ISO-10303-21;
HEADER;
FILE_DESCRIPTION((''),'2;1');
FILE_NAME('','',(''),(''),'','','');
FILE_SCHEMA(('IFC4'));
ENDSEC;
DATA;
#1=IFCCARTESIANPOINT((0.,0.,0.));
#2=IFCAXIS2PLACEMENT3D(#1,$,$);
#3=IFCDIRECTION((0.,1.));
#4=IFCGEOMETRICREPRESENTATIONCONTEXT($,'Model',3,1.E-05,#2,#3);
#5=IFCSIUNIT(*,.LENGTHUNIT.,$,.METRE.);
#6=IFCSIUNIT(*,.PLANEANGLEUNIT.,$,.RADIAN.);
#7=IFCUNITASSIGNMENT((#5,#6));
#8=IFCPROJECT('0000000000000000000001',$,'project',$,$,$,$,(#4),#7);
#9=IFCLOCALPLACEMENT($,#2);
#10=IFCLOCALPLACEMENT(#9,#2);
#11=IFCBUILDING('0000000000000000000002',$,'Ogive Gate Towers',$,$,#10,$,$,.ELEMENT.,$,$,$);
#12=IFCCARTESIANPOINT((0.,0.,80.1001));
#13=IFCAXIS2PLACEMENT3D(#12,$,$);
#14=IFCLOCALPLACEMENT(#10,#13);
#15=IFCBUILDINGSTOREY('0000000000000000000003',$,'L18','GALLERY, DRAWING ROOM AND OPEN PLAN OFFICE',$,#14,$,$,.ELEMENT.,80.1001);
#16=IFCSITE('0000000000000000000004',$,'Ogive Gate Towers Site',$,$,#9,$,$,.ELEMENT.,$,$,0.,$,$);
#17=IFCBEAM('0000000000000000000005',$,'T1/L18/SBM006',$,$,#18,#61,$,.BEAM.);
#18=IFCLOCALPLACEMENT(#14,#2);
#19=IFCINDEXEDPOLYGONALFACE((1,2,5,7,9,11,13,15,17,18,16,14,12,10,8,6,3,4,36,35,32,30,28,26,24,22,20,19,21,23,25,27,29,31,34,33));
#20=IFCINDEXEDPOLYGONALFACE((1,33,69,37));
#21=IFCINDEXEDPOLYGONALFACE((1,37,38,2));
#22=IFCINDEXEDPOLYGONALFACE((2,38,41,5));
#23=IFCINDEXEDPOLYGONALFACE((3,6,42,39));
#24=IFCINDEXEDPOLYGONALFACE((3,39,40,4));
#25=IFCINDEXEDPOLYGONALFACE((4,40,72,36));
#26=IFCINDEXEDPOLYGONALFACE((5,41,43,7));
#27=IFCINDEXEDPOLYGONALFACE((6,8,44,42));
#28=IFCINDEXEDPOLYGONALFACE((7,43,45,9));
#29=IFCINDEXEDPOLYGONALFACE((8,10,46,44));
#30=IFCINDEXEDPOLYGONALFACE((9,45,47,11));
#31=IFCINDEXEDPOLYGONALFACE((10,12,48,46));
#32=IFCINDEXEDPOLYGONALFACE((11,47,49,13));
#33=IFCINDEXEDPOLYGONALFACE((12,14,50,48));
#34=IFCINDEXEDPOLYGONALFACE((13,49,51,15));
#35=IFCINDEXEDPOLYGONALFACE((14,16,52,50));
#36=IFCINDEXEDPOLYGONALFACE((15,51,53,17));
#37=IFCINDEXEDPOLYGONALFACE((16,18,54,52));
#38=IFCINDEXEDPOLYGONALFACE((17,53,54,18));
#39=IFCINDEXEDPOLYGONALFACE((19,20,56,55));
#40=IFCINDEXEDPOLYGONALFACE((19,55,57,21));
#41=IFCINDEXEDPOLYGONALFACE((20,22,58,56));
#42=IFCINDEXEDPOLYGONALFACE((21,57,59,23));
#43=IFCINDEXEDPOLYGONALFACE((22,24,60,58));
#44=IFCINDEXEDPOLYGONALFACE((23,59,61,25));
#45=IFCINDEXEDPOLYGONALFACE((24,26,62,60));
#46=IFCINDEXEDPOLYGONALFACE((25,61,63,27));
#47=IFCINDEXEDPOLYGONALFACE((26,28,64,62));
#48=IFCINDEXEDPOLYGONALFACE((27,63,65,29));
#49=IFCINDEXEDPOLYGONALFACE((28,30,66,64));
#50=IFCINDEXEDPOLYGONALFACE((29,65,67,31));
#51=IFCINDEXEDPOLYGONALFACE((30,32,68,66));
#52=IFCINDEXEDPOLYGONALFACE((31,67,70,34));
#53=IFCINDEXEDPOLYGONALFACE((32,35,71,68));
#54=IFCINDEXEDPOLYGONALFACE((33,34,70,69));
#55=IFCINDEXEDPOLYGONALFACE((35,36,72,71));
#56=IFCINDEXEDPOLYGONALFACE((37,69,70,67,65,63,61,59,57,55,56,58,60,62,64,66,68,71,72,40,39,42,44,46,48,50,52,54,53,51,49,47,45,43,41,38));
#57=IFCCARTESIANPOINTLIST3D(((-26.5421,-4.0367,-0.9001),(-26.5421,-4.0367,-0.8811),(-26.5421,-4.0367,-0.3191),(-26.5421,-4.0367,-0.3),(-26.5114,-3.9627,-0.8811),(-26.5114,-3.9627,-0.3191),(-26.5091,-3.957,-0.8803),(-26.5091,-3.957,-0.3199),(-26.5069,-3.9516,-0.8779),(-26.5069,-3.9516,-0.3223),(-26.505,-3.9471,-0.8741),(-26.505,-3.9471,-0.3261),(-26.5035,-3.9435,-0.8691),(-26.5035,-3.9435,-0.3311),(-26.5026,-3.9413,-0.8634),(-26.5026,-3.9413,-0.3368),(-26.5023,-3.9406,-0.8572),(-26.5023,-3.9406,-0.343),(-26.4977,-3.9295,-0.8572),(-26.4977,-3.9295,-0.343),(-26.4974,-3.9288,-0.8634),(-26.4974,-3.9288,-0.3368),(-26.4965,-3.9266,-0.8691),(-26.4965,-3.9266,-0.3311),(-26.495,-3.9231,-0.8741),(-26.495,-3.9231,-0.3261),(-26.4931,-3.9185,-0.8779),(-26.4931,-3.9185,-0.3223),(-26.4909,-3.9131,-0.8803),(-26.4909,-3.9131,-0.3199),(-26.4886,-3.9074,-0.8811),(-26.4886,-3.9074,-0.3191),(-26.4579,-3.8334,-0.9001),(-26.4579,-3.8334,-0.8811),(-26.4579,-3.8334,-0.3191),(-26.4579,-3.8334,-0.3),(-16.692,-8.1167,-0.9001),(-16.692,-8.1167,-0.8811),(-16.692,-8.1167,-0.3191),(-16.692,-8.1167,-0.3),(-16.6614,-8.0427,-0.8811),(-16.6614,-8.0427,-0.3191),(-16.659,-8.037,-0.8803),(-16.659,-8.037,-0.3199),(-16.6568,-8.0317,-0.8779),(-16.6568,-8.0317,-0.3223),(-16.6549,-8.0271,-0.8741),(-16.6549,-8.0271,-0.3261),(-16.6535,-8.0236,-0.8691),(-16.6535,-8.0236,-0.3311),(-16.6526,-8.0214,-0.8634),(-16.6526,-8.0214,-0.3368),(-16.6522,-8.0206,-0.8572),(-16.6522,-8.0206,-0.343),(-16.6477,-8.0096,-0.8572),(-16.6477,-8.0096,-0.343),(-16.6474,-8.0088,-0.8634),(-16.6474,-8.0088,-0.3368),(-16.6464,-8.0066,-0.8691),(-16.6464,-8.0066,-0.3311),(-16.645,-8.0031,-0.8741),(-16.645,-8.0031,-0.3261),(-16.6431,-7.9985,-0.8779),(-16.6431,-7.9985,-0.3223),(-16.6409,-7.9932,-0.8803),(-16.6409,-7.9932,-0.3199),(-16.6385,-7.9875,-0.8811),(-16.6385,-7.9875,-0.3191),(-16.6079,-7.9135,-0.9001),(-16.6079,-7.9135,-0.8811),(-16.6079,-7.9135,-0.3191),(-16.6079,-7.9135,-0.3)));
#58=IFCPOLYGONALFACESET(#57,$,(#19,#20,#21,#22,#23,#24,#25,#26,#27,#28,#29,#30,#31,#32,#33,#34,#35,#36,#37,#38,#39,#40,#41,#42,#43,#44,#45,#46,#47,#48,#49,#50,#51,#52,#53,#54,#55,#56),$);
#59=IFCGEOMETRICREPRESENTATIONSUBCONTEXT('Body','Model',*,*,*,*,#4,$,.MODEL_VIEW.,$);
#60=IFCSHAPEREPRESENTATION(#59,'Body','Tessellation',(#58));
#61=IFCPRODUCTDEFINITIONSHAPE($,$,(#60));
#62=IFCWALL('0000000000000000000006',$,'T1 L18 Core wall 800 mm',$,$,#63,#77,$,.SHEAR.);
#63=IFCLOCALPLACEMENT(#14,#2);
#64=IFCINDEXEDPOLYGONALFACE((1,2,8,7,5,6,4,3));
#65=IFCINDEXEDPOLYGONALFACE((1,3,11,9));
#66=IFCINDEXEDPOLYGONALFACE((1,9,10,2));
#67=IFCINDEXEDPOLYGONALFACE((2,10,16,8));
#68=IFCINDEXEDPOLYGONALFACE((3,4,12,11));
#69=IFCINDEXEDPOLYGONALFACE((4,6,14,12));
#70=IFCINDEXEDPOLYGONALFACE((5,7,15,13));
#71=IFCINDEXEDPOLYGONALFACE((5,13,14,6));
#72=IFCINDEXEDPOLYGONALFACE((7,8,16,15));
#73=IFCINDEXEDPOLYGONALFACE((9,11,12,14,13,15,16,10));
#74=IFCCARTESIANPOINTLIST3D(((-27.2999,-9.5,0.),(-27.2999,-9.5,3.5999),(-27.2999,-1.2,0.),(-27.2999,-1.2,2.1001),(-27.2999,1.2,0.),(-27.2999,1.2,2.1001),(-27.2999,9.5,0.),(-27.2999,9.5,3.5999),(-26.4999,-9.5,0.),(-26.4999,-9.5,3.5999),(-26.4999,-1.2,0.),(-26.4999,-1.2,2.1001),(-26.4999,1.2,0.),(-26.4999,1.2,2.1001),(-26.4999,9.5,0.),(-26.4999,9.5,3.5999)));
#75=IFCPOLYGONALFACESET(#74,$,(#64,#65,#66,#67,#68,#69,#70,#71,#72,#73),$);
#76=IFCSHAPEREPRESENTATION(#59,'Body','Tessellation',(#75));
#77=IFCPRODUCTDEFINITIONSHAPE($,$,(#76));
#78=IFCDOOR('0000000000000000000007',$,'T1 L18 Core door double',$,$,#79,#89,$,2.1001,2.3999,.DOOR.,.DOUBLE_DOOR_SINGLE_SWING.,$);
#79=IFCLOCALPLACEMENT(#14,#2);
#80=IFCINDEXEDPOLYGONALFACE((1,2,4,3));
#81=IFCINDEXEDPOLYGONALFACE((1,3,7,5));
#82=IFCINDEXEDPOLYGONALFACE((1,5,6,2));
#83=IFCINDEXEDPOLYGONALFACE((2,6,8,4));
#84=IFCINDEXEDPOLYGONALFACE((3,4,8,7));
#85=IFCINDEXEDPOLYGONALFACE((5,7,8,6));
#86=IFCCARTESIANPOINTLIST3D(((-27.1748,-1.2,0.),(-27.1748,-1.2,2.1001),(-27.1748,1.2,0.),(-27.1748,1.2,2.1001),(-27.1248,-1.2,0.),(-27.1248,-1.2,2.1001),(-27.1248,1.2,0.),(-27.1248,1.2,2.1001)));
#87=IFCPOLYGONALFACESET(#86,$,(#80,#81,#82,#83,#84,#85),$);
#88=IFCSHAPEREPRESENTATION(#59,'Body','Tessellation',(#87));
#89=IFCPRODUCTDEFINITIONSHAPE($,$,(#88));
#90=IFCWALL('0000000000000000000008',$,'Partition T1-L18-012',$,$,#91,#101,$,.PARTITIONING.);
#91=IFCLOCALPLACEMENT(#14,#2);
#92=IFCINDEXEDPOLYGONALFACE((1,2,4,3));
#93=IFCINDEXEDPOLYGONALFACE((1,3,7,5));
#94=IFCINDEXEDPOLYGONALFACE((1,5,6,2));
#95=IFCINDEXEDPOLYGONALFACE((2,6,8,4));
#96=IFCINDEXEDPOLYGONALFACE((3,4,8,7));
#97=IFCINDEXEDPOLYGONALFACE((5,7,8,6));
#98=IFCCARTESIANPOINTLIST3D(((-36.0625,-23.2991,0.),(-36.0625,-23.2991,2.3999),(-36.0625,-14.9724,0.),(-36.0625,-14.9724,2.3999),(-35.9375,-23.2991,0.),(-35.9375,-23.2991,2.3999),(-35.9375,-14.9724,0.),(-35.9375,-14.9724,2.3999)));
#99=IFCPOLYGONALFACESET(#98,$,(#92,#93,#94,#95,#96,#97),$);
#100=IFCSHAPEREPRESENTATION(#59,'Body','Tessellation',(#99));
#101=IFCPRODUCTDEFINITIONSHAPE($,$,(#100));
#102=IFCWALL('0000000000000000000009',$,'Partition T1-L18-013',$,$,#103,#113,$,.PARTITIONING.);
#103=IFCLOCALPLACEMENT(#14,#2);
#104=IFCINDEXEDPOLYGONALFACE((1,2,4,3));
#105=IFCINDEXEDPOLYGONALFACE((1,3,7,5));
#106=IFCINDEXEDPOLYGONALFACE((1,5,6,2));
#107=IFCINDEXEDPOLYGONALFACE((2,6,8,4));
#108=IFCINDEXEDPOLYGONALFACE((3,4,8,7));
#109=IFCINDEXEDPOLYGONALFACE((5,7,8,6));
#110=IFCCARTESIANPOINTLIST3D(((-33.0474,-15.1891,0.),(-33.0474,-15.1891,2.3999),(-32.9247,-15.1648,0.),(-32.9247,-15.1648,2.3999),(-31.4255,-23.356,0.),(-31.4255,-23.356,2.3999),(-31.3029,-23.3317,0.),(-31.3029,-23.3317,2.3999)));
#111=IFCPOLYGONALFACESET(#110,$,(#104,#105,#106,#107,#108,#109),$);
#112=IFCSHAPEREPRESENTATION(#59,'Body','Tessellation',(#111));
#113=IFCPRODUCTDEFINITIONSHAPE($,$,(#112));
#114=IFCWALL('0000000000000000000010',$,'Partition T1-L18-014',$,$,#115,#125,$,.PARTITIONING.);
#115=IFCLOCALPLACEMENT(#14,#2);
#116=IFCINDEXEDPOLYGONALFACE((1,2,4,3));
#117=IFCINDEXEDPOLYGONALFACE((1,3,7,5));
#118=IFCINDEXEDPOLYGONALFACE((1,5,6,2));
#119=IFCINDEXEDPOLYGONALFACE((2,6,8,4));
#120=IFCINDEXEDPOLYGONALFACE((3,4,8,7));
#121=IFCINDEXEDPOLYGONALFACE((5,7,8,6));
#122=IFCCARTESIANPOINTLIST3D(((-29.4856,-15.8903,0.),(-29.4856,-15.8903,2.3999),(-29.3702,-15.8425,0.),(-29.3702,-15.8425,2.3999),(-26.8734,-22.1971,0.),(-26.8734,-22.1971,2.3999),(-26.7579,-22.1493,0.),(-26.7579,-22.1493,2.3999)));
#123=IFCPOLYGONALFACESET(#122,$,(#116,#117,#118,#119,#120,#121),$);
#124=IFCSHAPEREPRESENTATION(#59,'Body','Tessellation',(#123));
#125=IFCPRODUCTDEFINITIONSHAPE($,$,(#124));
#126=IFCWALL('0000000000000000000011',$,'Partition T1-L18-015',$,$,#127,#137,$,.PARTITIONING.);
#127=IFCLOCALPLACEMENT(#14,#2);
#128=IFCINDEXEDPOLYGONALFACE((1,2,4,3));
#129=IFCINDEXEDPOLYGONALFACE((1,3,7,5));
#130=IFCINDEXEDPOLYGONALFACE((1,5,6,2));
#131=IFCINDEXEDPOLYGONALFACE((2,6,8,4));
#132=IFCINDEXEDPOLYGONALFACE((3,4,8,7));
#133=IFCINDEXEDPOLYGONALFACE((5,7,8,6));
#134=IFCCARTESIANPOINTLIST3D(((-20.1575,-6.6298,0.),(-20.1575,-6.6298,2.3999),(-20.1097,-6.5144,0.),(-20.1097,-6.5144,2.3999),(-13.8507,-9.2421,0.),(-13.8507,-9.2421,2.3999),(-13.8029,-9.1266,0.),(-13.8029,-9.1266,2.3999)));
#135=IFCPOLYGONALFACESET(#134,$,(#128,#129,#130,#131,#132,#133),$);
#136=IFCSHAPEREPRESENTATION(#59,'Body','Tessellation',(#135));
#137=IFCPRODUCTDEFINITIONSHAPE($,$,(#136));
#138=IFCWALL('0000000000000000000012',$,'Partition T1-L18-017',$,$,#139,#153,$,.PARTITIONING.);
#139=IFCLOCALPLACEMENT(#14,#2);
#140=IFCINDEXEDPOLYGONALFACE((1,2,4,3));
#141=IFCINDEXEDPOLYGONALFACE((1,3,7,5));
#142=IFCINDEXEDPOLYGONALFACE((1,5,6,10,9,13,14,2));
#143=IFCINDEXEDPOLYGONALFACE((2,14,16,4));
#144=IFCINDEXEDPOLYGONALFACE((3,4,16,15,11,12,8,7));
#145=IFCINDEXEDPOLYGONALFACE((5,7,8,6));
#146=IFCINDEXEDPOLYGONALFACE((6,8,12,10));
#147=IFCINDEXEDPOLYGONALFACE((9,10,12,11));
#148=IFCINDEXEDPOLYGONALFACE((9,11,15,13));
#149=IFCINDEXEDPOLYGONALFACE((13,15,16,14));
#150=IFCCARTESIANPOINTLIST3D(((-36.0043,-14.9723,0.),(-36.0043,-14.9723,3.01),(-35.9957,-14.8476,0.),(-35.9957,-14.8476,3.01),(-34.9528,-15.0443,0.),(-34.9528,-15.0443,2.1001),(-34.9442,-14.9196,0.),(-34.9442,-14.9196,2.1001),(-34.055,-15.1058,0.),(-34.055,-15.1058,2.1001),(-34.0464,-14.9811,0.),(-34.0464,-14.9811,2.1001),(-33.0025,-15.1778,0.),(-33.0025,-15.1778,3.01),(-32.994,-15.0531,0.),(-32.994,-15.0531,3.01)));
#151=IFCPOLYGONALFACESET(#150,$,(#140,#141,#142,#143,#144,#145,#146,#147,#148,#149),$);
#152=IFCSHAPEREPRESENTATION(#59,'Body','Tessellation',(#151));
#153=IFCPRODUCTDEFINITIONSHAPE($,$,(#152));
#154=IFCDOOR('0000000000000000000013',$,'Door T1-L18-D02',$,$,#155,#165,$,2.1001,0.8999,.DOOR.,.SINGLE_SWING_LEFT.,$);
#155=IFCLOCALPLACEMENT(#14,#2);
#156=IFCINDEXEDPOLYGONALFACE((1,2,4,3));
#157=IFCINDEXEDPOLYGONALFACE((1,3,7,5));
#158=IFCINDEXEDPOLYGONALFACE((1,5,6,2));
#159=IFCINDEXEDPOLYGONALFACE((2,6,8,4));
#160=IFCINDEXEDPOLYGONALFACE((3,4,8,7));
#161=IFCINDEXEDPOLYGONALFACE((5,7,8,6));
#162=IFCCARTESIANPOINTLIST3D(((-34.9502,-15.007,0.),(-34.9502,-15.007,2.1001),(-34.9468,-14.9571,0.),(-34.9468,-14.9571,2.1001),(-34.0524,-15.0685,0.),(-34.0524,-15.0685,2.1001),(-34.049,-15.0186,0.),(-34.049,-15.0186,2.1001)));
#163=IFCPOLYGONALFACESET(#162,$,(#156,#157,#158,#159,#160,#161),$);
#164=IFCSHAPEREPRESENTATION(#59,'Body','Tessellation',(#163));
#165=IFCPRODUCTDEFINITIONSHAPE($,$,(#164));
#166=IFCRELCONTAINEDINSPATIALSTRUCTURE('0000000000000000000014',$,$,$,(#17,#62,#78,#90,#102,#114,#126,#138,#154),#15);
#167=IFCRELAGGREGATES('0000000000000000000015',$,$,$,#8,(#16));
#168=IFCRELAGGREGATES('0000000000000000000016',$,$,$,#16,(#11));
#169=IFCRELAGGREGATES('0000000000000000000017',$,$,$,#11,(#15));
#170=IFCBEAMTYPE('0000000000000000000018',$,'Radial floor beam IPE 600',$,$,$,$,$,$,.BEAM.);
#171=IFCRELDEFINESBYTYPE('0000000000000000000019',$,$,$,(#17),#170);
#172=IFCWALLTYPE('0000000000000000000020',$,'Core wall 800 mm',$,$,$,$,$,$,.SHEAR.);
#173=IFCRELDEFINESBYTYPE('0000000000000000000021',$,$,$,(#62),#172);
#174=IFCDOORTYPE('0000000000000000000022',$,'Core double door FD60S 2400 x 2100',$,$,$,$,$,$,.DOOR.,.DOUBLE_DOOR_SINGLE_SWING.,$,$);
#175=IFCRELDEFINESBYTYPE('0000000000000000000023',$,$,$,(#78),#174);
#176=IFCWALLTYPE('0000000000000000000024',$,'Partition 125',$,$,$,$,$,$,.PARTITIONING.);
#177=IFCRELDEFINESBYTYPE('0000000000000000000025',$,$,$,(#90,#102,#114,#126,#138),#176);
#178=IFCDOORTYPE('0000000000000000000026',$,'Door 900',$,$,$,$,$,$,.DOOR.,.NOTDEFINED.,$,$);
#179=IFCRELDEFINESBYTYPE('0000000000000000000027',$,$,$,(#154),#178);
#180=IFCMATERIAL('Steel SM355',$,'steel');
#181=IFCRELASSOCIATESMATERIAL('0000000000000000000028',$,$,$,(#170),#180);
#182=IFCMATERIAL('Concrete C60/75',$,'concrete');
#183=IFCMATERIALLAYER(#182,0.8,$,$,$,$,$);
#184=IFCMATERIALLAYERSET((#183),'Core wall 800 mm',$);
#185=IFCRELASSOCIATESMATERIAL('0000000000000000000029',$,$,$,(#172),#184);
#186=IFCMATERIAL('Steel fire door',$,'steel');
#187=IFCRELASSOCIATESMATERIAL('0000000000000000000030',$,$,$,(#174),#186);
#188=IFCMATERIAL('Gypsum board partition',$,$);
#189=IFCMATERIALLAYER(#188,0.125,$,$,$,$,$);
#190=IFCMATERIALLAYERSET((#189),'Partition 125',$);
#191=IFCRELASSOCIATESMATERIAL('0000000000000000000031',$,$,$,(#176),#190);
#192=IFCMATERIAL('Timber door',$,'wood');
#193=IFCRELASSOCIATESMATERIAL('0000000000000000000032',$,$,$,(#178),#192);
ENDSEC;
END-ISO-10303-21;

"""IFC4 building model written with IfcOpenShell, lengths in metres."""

from ifc_helpers import new_model, si_unit, direction, frame, frame_2d, origin, origin_2d, place, context, subcontext, project, spatial, rectangle, i_section, extrude, material, layer, layer_set, material_profile, profile_set, type_object, element, fill, save


model = new_model("IFC4")

# Units and contexts
model_context = context("Model", 3, precision=1e-05, world=origin(), true_north=direction((0.0, 1.0)))
body_context = subcontext(model_context, "Body", "Model", "MODEL_VIEW")
ifc_project = project(units=[si_unit("LENGTHUNIT", "METRE"), si_unit("PLANEANGLEUNIT", "RADIAN")], contexts=[model_context])

# Site, building, storey
site_placement = place(None, origin())
site = spatial("IfcSite", under=ifc_project, at=site_placement, Name="Ogive Gate Towers Site", CompositionType="ELEMENT", RefElevation=0.0)
building_placement = place(site_placement, origin())
building = spatial("IfcBuilding", under=site, at=building_placement, Name="Ogive Gate Towers", CompositionType="ELEMENT")
storey_placement = place(building_placement, frame((0.0, 0.0, 80.1001)))
storey = spatial("IfcBuildingStorey", under=building, at=storey_placement, Name="L18", Description="GALLERY, DRAWING ROOM AND OPEN PLAN OFFICE", CompositionType="ELEMENT", Elevation=80.1001)

# Beam
ifc_material_1 = material(Name="Steel SM355", Category="steel")
ifc_material_profile_1 = material_profile(ifc_material_1, i_section(OverallWidth=0.22, OverallDepth=0.6001, WebThickness=0.012, FlangeThickness=0.019, FilletRadius=0.0239, at=origin_2d()), Name="IPE 600")
ifc_profile_set_1 = profile_set([ifc_material_profile_1], Name="Steel SM355")
beam_type_1 = type_object("IfcBeamType", Name="Radial floor beam IPE 600", PredefinedType="BEAM", material=ifc_profile_set_1)
for number, where, z_axis, x_axis, name in (
    (1, (-26.5, -3.9351, -0.6001), (0.923878, -0.382686, 0.0), (0.382686, 0.923878, 0.0), "T1/L18/SBM006"),
):
    element("IfcBeam", number, at=place(storey_placement, frame(where, z_axis=z_axis, x_axis=x_axis)), inside=storey, type_object=beam_type_1, Name=name, PredefinedType="BEAM", context=body_context, shape_type="SweptSolid", body=[
        extrude(i_section(OverallWidth=0.22, OverallDepth=0.6001, WebThickness=0.012, FlangeThickness=0.019, FilletRadius=0.0239, at=origin_2d()), origin(), (0.0, 0.0, 1.0), 10.6616),
    ])

# Wall, opening, door
ifc_material_2 = material(Name="Concrete C60/75", Category="concrete")
ifc_layer_1 = layer(ifc_material_2, 0.8)
ifc_layer_set_1 = layer_set([ifc_layer_1], Name="Core wall 800 mm")
wall_type_1 = type_object("IfcWallType", Name="Core wall 800 mm", PredefinedType="SHEAR", material=ifc_layer_set_1)
wall_1_placement = place(storey_placement, frame((-26.8999, -9.5, 0.0), z_axis=(0.0, 0.0, 1.0), x_axis=(0.0, 1.0, 0.0)))
wall_1 = element("IfcWall", 2, at=wall_1_placement, inside=storey, type_object=wall_type_1, Name="T1 L18 Core wall 800 mm", PredefinedType="SHEAR", context=body_context, shape_type="SweptSolid", body=[
    extrude(rectangle(XDim=19.0, YDim=0.8, at=frame_2d((9.5, 0.0))), origin(), (0.0, 0.0, 1.0), 3.5999),
])
opening_1_placement = place(wall_1_placement, frame((8.3, 0.0, 0.0)))
opening_1 = element("IfcOpeningElement", 3, at=opening_1_placement, cuts=wall_1, PredefinedType="OPENING", context=body_context, shape_type="SweptSolid", body=[
    extrude(rectangle(XDim=2.3999, YDim=2.1001, at=frame_2d((1.2, 1.05))), frame((0.0, 0.4102, 0.0), z_axis=(0.0, -1.0, 0.0), x_axis=(1.0, 0.0, 0.0)), (0.0, 0.0, 1.0), 0.8201),
])
ifc_material_3 = material(Name="Steel fire door", Category="steel")
door_type_1 = type_object("IfcDoorType", Name="Core double door FD60S 2400 x 2100", OperationType="DOUBLE_DOOR_SINGLE_SWING", PredefinedType="DOOR", material=ifc_material_3)
door_1_placement = place(opening_1_placement, origin())
door_1 = element("IfcDoor", 4, at=door_1_placement, inside=storey, type_object=door_type_1, Name="T1 L18 Core door double", OperationType="DOUBLE_DOOR_SINGLE_SWING", OverallHeight=2.1001, OverallWidth=2.3999, PredefinedType="DOOR", context=body_context, shape_type="SweptSolid", body=[
    extrude(rectangle(XDim=2.3999, YDim=2.1001, at=frame_2d((1.2, 1.05))), frame((0.0, 0.2749, 0.0), z_axis=(0.0, -1.0, 0.0), x_axis=(1.0, 0.0, 0.0)), (0.0, 0.0, 1.0), 0.05),
])
fill(opening_1, door_1)

# Walls
ifc_material_4 = material(Name="Gypsum board partition")
ifc_layer_2 = layer(ifc_material_4, 0.125)
ifc_layer_set_2 = layer_set([ifc_layer_2], Name="Partition 125")
wall_type_2 = type_object("IfcWallType", Name="Partition 125", PredefinedType="PARTITIONING", material=ifc_layer_set_2)
wall_2_placement = place(storey_placement, frame((-36.0, -23.2991, 0.0), z_axis=(0.0, 0.0, 1.0), x_axis=(0.0, 1.0, 0.0)))
element("IfcWall", 5, at=wall_2_placement, inside=storey, type_object=wall_type_2, Name="Partition T1-L18-012", PredefinedType="PARTITIONING", context=body_context, shape_type="SweptSolid", body=[
    extrude(rectangle(XDim=8.3267, YDim=0.125, at=frame_2d((4.1633, 0.0))), origin(), (0.0, 0.0, 1.0), 2.3999),
])
wall_3_placement = place(storey_placement, frame((-31.3643, -23.3438, 0.0), z_axis=(0.0, 0.0, 1.0), x_axis=(-0.19478, 0.980847, 0.0)))
element("IfcWall", 6, at=wall_3_placement, inside=storey, type_object=wall_type_2, Name="Partition T1-L18-013", PredefinedType="PARTITIONING", context=body_context, shape_type="SweptSolid", body=[
    extrude(rectangle(XDim=8.3264, YDim=0.125, at=frame_2d((4.1631, 0.0))), origin(), (0.0, 0.0, 1.0), 2.3999),
])
for number, where, z_axis, x_axis, name in (
    (7, (-26.8157, -22.1731, 0.0), (0.0, 0.0, 1.0), (-0.382672, 0.923884, 0.0), "Partition T1-L18-014"),
    (8, (-13.8269, -9.1843, 0.0), (0.0, 0.0, 1.0), (-0.923884, 0.382672, 0.0), "Partition T1-L18-015"),
):
    element("IfcWall", number, at=place(storey_placement, frame(where, z_axis=z_axis, x_axis=x_axis)), inside=storey, type_object=wall_type_2, Name=name, PredefinedType="PARTITIONING", context=body_context, shape_type="SweptSolid", body=[
        extrude(rectangle(XDim=6.8264, YDim=0.125, at=frame_2d((3.4131, 0.0))), origin(), (0.0, 0.0, 1.0), 2.3999),
    ])

# Wall, opening, door
wall_4_placement = place(storey_placement, frame((-36.0, -14.9099, 0.0), z_axis=(0.0, 0.0, 1.0), x_axis=(0.997663, -0.068323, 0.0)))
wall_4 = element("IfcWall", 9, at=wall_4_placement, inside=storey, type_object=wall_type_2, Name="Partition T1-L18-017", PredefinedType="PARTITIONING", context=body_context, shape_type="SweptSolid", body=[
    extrude(rectangle(XDim=3.0088, YDim=0.125, at=frame_2d((1.5044, 0.0))), origin(), (0.0, 0.0, 1.0), 3.01),
])
opening_2_placement = place(wall_4_placement, frame((1.054, 0.0, 0.0)))
opening_2 = element("IfcOpeningElement", 10, at=opening_2_placement, cuts=wall_4, PredefinedType="OPENING", context=body_context, shape_type="SweptSolid", body=[
    extrude(rectangle(XDim=0.8999, YDim=2.1001, at=frame_2d((0.45, 1.05))), frame((0.0, 0.0725, 0.0), z_axis=(0.0, -1.0, 0.0), x_axis=(1.0, 0.0, 0.0)), (0.0, 0.0, 1.0), 0.145),
])
ifc_material_5 = material(Name="Timber door", Category="wood")
door_type_2 = type_object("IfcDoorType", Name="Door 900", OperationType="NOTDEFINED", PredefinedType="DOOR", material=ifc_material_5)
door_2_placement = place(opening_2_placement, origin())
door_2 = element("IfcDoor", 11, at=door_2_placement, inside=storey, type_object=door_type_2, Name="Door T1-L18-D02", OperationType="SINGLE_SWING_LEFT", OverallHeight=2.1001, OverallWidth=0.8999, PredefinedType="DOOR", context=body_context, shape_type="SweptSolid", body=[
    extrude(rectangle(XDim=0.8999, YDim=2.1001, at=frame_2d((0.45, 1.05))), frame((0.0, 0.0249, 0.0), z_axis=(0.0, -1.0, 0.0), x_axis=(1.0, 0.0, 0.0)), (0.0, 0.0, 1.0), 0.05),
])
fill(opening_2, door_2)

save(model, "model.ifc")
